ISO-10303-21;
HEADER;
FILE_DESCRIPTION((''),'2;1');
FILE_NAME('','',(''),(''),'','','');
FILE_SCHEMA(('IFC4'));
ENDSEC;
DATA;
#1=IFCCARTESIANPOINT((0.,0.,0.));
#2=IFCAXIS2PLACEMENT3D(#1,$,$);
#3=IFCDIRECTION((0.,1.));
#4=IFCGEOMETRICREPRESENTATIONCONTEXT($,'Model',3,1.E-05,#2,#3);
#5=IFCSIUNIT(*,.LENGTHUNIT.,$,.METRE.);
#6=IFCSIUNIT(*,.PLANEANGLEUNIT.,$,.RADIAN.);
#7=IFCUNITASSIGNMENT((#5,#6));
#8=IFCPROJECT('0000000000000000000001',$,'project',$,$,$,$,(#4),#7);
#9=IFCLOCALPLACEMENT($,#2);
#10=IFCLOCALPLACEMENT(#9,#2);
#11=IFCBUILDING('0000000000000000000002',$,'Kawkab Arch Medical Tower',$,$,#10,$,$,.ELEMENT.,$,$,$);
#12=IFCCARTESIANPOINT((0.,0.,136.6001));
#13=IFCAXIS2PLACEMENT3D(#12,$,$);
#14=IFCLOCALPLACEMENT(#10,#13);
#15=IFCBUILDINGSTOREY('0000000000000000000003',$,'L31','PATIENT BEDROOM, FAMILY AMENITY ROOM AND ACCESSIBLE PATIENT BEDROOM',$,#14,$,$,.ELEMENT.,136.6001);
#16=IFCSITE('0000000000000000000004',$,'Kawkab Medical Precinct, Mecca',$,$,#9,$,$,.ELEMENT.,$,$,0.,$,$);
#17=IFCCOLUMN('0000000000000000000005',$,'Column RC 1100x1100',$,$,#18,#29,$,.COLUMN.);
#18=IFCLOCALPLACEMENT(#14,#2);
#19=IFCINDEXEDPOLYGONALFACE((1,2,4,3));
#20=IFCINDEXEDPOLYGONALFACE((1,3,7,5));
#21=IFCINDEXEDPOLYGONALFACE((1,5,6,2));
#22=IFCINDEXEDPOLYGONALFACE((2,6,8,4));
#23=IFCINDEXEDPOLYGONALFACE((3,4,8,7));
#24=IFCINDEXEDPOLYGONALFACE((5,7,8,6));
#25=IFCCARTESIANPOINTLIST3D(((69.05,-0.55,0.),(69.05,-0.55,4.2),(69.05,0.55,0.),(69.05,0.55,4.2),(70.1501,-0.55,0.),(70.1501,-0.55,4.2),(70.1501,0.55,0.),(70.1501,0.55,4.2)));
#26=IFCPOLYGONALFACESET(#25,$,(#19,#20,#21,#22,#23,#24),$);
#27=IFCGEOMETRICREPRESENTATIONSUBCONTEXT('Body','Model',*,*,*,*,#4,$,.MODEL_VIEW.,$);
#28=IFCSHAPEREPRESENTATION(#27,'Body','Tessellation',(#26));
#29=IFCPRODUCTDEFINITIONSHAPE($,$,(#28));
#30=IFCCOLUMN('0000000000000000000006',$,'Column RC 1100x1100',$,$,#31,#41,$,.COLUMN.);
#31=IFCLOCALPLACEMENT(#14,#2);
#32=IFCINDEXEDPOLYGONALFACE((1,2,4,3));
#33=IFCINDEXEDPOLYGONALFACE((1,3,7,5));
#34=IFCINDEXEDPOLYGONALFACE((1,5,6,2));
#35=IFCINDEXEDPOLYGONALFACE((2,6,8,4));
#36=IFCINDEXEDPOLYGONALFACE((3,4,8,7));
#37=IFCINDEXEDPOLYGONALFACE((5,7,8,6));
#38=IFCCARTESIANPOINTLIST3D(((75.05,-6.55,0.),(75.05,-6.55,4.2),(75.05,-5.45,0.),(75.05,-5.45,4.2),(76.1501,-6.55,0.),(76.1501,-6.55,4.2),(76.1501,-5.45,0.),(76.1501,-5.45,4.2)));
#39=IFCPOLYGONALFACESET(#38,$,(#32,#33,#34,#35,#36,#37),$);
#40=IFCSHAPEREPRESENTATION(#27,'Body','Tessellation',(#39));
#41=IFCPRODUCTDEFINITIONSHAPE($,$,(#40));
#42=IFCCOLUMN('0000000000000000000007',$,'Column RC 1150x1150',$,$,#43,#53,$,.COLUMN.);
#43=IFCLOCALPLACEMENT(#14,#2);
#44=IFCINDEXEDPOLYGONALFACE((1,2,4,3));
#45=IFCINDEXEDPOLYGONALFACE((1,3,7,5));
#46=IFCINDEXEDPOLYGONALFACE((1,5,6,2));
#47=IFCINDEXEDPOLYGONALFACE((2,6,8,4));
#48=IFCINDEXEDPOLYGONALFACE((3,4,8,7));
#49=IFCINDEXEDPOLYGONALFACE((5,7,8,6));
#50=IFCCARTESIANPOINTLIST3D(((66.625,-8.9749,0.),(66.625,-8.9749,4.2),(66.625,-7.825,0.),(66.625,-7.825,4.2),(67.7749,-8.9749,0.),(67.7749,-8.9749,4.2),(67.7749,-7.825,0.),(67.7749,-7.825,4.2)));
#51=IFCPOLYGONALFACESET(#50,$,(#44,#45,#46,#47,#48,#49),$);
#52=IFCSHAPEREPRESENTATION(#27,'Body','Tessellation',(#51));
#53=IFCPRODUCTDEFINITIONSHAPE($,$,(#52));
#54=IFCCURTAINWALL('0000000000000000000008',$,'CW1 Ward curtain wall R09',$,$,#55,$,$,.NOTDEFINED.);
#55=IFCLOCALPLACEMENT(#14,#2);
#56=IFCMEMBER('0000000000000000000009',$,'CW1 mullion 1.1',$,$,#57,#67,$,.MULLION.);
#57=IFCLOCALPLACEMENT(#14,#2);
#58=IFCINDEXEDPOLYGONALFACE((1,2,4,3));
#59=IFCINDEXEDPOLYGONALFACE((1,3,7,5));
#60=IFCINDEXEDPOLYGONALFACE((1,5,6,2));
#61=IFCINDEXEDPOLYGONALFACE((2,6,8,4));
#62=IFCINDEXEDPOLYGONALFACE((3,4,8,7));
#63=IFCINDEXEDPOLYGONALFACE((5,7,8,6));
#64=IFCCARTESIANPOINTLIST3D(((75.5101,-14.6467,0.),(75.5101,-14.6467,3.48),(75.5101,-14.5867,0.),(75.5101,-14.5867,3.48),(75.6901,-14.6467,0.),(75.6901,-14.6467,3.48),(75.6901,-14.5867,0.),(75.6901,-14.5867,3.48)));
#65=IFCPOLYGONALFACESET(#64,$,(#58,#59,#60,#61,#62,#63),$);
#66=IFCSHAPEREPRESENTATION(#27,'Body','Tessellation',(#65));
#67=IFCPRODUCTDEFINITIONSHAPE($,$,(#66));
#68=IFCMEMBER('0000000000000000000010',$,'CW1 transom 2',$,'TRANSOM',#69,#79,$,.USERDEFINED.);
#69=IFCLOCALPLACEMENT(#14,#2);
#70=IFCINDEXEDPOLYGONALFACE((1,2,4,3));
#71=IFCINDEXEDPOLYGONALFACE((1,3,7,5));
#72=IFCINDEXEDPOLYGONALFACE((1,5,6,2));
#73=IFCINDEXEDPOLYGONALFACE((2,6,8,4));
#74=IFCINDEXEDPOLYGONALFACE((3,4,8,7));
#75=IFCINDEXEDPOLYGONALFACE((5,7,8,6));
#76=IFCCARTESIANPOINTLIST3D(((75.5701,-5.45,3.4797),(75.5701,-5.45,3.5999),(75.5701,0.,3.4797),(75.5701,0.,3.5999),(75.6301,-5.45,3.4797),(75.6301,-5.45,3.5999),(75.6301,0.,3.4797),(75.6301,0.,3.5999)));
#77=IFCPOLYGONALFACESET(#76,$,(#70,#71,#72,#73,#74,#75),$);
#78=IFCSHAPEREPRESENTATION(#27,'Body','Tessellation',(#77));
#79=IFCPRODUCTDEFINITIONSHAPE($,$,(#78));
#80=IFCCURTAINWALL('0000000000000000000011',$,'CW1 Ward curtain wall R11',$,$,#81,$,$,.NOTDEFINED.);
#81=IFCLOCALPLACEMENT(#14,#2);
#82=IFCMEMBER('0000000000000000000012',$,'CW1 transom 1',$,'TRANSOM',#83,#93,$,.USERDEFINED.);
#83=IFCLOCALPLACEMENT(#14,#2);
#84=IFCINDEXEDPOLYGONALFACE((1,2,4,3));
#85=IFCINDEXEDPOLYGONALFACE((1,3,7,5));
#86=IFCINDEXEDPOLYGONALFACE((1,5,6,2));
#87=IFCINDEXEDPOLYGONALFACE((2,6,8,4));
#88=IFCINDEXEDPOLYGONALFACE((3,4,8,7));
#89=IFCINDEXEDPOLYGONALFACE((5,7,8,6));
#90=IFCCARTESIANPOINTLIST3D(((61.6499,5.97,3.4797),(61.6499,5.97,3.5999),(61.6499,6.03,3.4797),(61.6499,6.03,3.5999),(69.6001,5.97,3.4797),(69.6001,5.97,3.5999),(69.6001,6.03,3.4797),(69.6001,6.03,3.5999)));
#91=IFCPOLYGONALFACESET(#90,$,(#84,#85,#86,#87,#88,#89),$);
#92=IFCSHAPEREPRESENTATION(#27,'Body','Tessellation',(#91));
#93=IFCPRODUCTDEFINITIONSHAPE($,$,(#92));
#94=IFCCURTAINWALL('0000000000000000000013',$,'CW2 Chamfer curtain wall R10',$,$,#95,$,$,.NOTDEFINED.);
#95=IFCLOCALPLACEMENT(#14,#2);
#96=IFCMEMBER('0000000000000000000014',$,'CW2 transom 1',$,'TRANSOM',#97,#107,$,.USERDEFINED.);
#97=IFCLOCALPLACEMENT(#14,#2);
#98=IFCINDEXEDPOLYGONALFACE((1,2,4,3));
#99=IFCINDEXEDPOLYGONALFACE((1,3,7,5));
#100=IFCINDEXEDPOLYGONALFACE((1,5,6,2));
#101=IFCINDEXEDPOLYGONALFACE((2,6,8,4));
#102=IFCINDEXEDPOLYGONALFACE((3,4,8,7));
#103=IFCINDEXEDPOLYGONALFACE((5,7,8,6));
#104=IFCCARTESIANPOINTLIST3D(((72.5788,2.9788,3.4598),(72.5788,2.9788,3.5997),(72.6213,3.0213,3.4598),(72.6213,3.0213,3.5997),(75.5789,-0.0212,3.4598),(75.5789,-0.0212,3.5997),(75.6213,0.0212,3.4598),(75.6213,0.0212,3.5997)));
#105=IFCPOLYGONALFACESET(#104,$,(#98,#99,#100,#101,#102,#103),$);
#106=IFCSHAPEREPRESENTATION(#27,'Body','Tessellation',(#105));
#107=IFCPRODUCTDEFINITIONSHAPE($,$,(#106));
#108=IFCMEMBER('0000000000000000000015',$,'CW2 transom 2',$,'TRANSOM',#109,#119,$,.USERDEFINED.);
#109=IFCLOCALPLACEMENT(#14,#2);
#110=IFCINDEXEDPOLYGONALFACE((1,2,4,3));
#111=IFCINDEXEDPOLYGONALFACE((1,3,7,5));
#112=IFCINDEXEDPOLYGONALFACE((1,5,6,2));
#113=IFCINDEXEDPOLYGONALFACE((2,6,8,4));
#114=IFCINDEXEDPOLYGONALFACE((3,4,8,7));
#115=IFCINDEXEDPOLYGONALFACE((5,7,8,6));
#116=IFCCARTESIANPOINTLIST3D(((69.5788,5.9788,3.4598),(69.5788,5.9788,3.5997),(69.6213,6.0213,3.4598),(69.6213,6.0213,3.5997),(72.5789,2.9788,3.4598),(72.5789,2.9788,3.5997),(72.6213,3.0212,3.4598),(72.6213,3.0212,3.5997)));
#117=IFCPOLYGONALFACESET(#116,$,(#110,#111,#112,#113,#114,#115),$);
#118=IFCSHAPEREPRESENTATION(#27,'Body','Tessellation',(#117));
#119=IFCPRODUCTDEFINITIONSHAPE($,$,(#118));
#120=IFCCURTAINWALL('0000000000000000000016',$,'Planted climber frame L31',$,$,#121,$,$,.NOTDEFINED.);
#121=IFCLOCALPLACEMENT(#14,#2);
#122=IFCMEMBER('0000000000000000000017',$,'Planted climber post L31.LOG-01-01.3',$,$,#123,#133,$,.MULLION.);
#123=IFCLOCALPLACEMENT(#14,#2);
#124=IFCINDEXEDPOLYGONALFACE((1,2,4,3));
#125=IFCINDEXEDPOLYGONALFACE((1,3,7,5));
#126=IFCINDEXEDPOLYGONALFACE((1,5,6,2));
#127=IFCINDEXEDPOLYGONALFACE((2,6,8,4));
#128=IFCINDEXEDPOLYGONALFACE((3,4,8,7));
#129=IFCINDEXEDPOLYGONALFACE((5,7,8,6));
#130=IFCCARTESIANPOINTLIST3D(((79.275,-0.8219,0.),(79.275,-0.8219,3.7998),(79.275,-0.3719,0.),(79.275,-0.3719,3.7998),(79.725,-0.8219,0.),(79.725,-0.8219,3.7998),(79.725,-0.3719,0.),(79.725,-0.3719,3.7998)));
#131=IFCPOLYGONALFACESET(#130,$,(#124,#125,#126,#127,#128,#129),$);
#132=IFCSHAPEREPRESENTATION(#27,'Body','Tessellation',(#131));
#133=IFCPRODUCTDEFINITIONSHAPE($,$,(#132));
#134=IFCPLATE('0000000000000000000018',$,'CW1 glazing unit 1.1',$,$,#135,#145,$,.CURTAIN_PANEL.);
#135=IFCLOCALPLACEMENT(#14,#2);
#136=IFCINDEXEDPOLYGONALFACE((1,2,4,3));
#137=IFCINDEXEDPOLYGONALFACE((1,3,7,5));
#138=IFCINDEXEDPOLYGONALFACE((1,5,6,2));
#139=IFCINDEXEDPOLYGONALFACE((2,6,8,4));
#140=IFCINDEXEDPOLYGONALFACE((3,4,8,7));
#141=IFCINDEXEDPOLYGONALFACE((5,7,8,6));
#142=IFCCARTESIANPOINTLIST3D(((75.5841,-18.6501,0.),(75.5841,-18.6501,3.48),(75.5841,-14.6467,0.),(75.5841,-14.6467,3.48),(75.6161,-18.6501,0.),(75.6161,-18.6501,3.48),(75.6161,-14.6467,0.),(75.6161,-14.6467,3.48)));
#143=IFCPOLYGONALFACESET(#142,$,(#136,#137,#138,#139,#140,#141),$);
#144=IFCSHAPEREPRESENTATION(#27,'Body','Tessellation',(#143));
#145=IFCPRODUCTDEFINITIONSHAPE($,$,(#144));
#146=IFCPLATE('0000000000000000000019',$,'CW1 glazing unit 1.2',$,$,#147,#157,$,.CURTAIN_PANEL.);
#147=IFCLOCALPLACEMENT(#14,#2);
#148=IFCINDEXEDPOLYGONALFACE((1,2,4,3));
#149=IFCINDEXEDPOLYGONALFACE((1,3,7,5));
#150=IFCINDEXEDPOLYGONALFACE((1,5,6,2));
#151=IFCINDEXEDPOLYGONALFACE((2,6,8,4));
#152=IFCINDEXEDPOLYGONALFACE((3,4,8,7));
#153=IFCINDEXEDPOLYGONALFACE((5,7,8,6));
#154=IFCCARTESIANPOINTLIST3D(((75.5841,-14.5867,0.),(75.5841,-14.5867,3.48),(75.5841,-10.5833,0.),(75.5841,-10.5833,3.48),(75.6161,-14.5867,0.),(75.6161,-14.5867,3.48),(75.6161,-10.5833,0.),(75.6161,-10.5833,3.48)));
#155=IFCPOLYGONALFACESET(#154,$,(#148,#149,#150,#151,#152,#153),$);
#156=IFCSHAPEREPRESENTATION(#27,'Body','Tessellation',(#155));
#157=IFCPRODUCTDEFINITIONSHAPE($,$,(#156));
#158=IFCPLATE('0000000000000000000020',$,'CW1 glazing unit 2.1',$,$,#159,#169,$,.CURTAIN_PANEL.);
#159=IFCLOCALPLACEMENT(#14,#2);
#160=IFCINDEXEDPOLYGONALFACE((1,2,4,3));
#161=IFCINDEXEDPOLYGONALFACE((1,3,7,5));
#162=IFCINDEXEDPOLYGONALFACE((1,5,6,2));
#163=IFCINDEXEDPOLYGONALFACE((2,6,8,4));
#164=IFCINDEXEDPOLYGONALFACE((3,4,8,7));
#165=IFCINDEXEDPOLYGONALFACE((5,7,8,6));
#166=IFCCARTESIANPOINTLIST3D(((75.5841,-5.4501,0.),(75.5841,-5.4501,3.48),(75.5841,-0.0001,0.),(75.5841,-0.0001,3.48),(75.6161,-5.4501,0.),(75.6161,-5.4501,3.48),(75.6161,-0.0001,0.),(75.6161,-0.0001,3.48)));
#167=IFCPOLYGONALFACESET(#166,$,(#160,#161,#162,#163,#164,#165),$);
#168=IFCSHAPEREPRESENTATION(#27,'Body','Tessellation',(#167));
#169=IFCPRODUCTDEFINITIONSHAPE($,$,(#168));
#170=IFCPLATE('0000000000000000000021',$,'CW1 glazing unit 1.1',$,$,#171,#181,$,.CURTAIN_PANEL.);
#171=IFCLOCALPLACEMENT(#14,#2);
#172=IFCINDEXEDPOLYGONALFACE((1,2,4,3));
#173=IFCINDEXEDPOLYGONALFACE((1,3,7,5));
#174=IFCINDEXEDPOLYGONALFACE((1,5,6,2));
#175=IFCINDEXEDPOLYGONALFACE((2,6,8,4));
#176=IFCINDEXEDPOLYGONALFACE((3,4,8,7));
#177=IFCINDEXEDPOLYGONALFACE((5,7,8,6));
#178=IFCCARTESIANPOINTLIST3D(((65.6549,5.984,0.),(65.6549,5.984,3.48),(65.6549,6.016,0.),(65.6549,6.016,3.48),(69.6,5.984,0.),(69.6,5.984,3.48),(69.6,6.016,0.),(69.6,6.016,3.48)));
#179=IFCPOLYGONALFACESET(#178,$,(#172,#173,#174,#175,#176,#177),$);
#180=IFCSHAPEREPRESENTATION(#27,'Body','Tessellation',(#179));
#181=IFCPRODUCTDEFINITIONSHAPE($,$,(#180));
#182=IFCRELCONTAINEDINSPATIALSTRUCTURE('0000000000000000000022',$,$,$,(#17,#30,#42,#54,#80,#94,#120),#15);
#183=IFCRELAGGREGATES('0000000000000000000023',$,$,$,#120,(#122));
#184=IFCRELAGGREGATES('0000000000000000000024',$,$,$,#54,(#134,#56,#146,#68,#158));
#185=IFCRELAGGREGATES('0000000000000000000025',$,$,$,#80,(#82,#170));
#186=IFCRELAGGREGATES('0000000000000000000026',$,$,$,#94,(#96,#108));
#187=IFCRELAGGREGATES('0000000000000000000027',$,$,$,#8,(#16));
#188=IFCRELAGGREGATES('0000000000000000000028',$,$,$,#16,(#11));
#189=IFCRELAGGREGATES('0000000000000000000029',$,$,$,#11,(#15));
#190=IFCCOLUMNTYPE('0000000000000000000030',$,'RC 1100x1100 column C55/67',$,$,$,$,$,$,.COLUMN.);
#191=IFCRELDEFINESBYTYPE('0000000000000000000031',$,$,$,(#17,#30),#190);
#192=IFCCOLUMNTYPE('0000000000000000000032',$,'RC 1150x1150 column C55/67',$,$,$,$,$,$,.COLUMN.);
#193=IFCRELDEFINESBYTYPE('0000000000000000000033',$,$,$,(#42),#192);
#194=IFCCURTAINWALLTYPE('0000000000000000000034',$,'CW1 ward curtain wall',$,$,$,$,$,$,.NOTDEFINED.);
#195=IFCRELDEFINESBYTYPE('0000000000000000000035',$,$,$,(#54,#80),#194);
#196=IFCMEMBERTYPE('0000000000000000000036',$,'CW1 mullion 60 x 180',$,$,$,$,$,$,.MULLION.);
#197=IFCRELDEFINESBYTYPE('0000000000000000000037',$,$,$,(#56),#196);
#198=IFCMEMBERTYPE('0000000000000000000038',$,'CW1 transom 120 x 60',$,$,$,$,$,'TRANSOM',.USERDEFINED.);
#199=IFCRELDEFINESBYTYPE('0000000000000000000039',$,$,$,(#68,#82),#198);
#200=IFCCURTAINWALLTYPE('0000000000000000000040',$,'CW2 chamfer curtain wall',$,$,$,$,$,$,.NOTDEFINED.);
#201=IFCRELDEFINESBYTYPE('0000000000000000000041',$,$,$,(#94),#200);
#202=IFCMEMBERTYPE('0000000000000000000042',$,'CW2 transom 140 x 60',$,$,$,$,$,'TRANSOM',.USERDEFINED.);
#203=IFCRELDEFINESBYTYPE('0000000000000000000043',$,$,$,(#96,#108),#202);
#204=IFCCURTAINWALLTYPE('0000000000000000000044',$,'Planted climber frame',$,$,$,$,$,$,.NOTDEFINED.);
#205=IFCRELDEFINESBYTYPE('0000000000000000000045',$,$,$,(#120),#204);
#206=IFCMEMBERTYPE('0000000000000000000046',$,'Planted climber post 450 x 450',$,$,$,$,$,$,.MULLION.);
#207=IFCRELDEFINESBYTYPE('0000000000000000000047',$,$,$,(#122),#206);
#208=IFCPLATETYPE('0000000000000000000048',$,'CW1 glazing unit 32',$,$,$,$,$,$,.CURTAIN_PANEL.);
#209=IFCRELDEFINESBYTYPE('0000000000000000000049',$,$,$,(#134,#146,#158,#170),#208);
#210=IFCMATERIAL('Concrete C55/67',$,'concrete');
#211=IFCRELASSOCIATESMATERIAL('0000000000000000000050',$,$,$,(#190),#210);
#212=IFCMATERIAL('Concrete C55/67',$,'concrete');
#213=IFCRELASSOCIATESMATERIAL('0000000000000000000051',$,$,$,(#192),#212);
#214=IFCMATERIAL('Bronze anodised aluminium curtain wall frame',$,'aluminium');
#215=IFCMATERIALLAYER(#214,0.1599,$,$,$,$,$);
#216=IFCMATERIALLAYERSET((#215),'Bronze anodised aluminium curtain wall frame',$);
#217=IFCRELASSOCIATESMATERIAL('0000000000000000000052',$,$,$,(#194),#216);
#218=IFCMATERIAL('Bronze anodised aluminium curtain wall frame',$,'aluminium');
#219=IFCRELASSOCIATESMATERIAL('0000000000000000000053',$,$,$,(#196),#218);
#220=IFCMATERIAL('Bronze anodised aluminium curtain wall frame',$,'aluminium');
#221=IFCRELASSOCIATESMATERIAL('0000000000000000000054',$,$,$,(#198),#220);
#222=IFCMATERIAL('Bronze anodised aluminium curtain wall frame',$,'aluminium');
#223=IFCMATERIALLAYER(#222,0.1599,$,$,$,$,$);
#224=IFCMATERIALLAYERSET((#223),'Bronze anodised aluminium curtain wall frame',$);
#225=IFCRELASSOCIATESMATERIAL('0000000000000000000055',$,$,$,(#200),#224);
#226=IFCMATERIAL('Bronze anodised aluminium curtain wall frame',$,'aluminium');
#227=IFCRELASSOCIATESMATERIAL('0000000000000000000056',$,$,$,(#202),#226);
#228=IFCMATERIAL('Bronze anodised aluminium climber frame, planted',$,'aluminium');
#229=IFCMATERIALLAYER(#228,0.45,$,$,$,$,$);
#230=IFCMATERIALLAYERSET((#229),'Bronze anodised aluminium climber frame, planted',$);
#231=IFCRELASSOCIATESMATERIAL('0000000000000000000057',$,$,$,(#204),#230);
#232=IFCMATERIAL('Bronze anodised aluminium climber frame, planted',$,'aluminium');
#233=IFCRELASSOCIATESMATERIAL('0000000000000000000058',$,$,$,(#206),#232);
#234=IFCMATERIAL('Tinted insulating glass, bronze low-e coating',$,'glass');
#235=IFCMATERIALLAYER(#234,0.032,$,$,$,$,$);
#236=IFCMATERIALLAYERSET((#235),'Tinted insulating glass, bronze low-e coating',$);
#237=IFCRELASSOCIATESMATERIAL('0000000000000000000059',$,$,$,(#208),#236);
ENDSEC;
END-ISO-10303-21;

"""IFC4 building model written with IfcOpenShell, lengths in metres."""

from ifc_helpers import new_model, si_unit, direction, frame, origin, origin_2d, place, context, subcontext, project, spatial, rectangle, extrude, material, layer, layer_set, material_profile, profile_set, type_object, element, aggregate, save


model = new_model("IFC4")

# Units and contexts
model_context = context("Model", 3, precision=1e-05, world=origin(), true_north=direction((0.0, 1.0)))
body_context = subcontext(model_context, "Body", "Model", "MODEL_VIEW")
ifc_project = project(units=[si_unit("LENGTHUNIT", "METRE"), si_unit("PLANEANGLEUNIT", "RADIAN")], contexts=[model_context])

# Site, building, storey
site_placement = place(None, origin())
site = spatial("IfcSite", under=ifc_project, at=site_placement, Name="Kawkab Medical Precinct, Mecca", CompositionType="ELEMENT", RefElevation=0.0)
building_placement = place(site_placement, origin())
building = spatial("IfcBuilding", under=site, at=building_placement, Name="Kawkab Arch Medical Tower", CompositionType="ELEMENT")
storey_placement = place(building_placement, frame((0.0, 0.0, 136.6001)))
storey = spatial("IfcBuildingStorey", under=building, at=storey_placement, Name="L31", Description="PATIENT BEDROOM, FAMILY AMENITY ROOM AND ACCESSIBLE PATIENT BEDROOM", CompositionType="ELEMENT", Elevation=136.6001)

# Columns
ifc_material_1 = material(Name="Concrete C55/67", Category="concrete")
ifc_material_profile_1 = material_profile(ifc_material_1, rectangle(XDim=1.1001, YDim=1.1001, at=origin_2d()), Name="RC 1100x1100")
ifc_profile_set_1 = profile_set([ifc_material_profile_1], Name="Concrete C55/67")
column_type_1 = type_object("IfcColumnType", Name="RC 1100x1100 column C55/67", PredefinedType="COLUMN", material=ifc_profile_set_1)
for number, where, z_axis, x_axis, name in (
    (1, (69.6001, 0.0, 0.0), (0.0, 0.0, 1.0), (1.0, 0.0, 0.0), "Column RC 1100x1100"),
    (2, (75.6001, -6.0, 0.0), (0.0, 0.0, 1.0), (1.0, 0.0, 0.0), "Column RC 1100x1100"),
):
    element("IfcColumn", number, at=place(storey_placement, frame(where, z_axis=z_axis, x_axis=x_axis)), inside=storey, type_object=column_type_1, Name=name, PredefinedType="COLUMN", context=body_context, shape_type="SweptSolid", body=[
        extrude(rectangle(XDim=1.1001, YDim=1.1001, at=origin_2d()), origin(), (0.0, 0.0, 1.0), 4.2),
    ])
ifc_material_2 = material(Name="Concrete C55/67", Category="concrete")
ifc_material_profile_2 = material_profile(ifc_material_2, rectangle(XDim=1.1499, YDim=1.1499, at=origin_2d()), Name="RC 1150x1150")
ifc_profile_set_2 = profile_set([ifc_material_profile_2], Name="Concrete C55/67")
column_type_2 = type_object("IfcColumnType", Name="RC 1150x1150 column C55/67", PredefinedType="COLUMN", material=ifc_profile_set_2)
column_placement = place(storey_placement, frame((67.2, -8.3999, 0.0), z_axis=(0.0, 0.0, 1.0), x_axis=(1.0, 0.0, 0.0)))
element("IfcColumn", 3, at=column_placement, inside=storey, type_object=column_type_2, Name="Column RC 1150x1150", PredefinedType="COLUMN", context=body_context, shape_type="SweptSolid", body=[
    extrude(rectangle(XDim=1.1499, YDim=1.1499, at=origin_2d()), origin(), (0.0, 0.0, 1.0), 4.2),
])

# Curtain wall, members
ifc_material_3 = material(Name="Bronze anodised aluminium curtain wall frame", Category="aluminium")
ifc_layer_1 = layer(ifc_material_3, 0.1599)
ifc_layer_set_1 = layer_set([ifc_layer_1], Name="Bronze anodised aluminium curtain wall frame")
curtain_wall_type_1 = type_object("IfcCurtainWallType", Name="CW1 ward curtain wall", PredefinedType="NOTDEFINED", material=ifc_layer_set_1)
placement = place(storey_placement, origin())
curtain_wall_1 = element("IfcCurtainWall", 4, at=placement, inside=storey, type_object=curtain_wall_type_1, Name="CW1 Ward curtain wall R09", PredefinedType="NOTDEFINED")
ifc_material_4 = material(Name="Bronze anodised aluminium curtain wall frame", Category="aluminium")
ifc_material_profile_3 = material_profile(ifc_material_4, rectangle(XDim=0.1799, YDim=0.0601, at=origin_2d()), Name="AL 60x180")
ifc_profile_set_3 = profile_set([ifc_material_profile_3], Name="Bronze anodised aluminium curtain wall frame")
member_type_1 = type_object("IfcMemberType", Name="CW1 mullion 60 x 180", PredefinedType="MULLION", material=ifc_profile_set_3)
member_1_placement = place(storey_placement, frame((75.6001, -14.6167, 0.0), z_axis=(0.0, 0.0, 1.0), x_axis=(-1.0, 0.0, 0.0)))
member_1 = element("IfcMember", 5, at=member_1_placement, type_object=member_type_1, Name="CW1 mullion 1.1", PredefinedType="MULLION", context=body_context, shape_type="SweptSolid", body=[
    extrude(rectangle(XDim=0.1799, YDim=0.0601, at=origin_2d()), origin(), (0.0, 0.0, 1.0), 3.48),
])
ifc_material_5 = material(Name="Bronze anodised aluminium curtain wall frame", Category="aluminium")
ifc_material_profile_4 = material_profile(ifc_material_5, rectangle(XDim=0.0601, YDim=0.1201, at=origin_2d()), Name="AL 60x120")
ifc_profile_set_4 = profile_set([ifc_material_profile_4], Name="Bronze anodised aluminium curtain wall frame")
member_type_2 = type_object("IfcMemberType", Name="CW1 transom 120 x 60", ElementType="TRANSOM", PredefinedType="USERDEFINED", material=ifc_profile_set_4)
member_2_placement = place(storey_placement, frame((75.6001, -5.45, 3.5398), z_axis=(0.0, 1.0, 0.0), x_axis=(-1.0, 0.0, 0.0)))
member_2 = element("IfcMember", 6, at=member_2_placement, type_object=member_type_2, Name="CW1 transom 2", ObjectType="TRANSOM", PredefinedType="USERDEFINED", context=body_context, shape_type="SweptSolid", body=[
    extrude(rectangle(XDim=0.0601, YDim=0.1201, at=origin_2d()), origin(), (0.0, 0.0, 1.0), 5.45),
])

# Curtain wall, member
curtain_wall_2 = element("IfcCurtainWall", 7, at=placement, inside=storey, type_object=curtain_wall_type_1, Name="CW1 Ward curtain wall R11", PredefinedType="NOTDEFINED")
member_3_placement = place(storey_placement, frame((69.6001, 6.0, 3.5398), z_axis=(-1.0, 0.0, 0.0), x_axis=(0.0, -1.0, 0.0)))
member_3 = element("IfcMember", 8, at=member_3_placement, type_object=member_type_2, Name="CW1 transom 1", ObjectType="TRANSOM", PredefinedType="USERDEFINED", context=body_context, shape_type="SweptSolid", body=[
    extrude(rectangle(XDim=0.0601, YDim=0.1201, at=origin_2d()), origin(), (0.0, 0.0, 1.0), 7.9502),
])

# Curtain wall, members
ifc_material_6 = material(Name="Bronze anodised aluminium curtain wall frame", Category="aluminium")
ifc_layer_2 = layer(ifc_material_6, 0.1599)
ifc_layer_set_2 = layer_set([ifc_layer_2], Name="Bronze anodised aluminium curtain wall frame")
curtain_wall_type_2 = type_object("IfcCurtainWallType", Name="CW2 chamfer curtain wall", PredefinedType="NOTDEFINED", material=ifc_layer_set_2)
curtain_wall_3 = element("IfcCurtainWall", 9, at=placement, inside=storey, type_object=curtain_wall_type_2, Name="CW2 Chamfer curtain wall R10", PredefinedType="NOTDEFINED")
ifc_material_7 = material(Name="Bronze anodised aluminium curtain wall frame", Category="aluminium")
ifc_material_profile_5 = material_profile(ifc_material_7, rectangle(XDim=0.0601, YDim=0.1399, at=origin_2d()), Name="AL 60x140")
ifc_profile_set_5 = profile_set([ifc_material_profile_5], Name="Bronze anodised aluminium curtain wall frame")
member_type_3 = type_object("IfcMemberType", Name="CW2 transom 140 x 60", ElementType="TRANSOM", PredefinedType="USERDEFINED", material=ifc_profile_set_5)
member_4_placement = place(storey_placement, frame((75.6001, 0.0, 3.5298), z_axis=(-0.707107, 0.707107, 0.0), x_axis=(-0.707107, -0.707107, 0.0)))
member_4 = element("IfcMember", 10, at=member_4_placement, type_object=member_type_3, Name="CW2 transom 1", ObjectType="TRANSOM", PredefinedType="USERDEFINED", context=body_context, shape_type="SweptSolid", body=[
    extrude(rectangle(XDim=0.0601, YDim=0.1399, at=origin_2d()), origin(), (0.0, 0.0, 1.0), 4.2427),
])
member_5_placement = place(storey_placement, frame((72.6001, 3.0, 3.5298), z_axis=(-0.707107, 0.707107, 0.0), x_axis=(-0.707107, -0.707107, 0.0)))
member_5 = element("IfcMember", 11, at=member_5_placement, type_object=member_type_3, Name="CW2 transom 2", ObjectType="TRANSOM", PredefinedType="USERDEFINED", context=body_context, shape_type="SweptSolid", body=[
    extrude(rectangle(XDim=0.0601, YDim=0.1399, at=origin_2d()), origin(), (0.0, 0.0, 1.0), 4.2427),
])

# Curtain wall, member
ifc_material_8 = material(Name="Bronze anodised aluminium climber frame, planted", Category="aluminium")
ifc_layer_3 = layer(ifc_material_8, 0.45)
ifc_layer_set_3 = layer_set([ifc_layer_3], Name="Bronze anodised aluminium climber frame, planted")
curtain_wall_type_3 = type_object("IfcCurtainWallType", Name="Planted climber frame", PredefinedType="NOTDEFINED", material=ifc_layer_set_3)
curtain_wall_4 = element("IfcCurtainWall", 12, at=placement, inside=storey, type_object=curtain_wall_type_3, Name="Planted climber frame L31", PredefinedType="NOTDEFINED")
ifc_material_9 = material(Name="Bronze anodised aluminium climber frame, planted", Category="aluminium")
ifc_material_profile_6 = material_profile(ifc_material_9, rectangle(XDim=0.45, YDim=0.45, at=origin_2d()), Name="Post 450x450")
ifc_profile_set_6 = profile_set([ifc_material_profile_6], Name="Bronze anodised aluminium climber frame, planted")
member_type_4 = type_object("IfcMemberType", Name="Planted climber post 450 x 450", PredefinedType="MULLION", material=ifc_profile_set_6)
member_6_placement = place(storey_placement, frame((79.5, -0.5969, 0.0), z_axis=(0.0, 0.0, 1.0), x_axis=(1.0, 0.0, 0.0)))
member_6 = element("IfcMember", 13, at=member_6_placement, type_object=member_type_4, Name="Planted climber post L31.LOG-01-01.3", PredefinedType="MULLION", context=body_context, shape_type="SweptSolid", body=[
    extrude(rectangle(XDim=0.45, YDim=0.45, at=origin_2d()), origin(), (0.0, 0.0, 1.0), 3.7998),
])
aggregate(curtain_wall_4, [member_6])

# Plates
ifc_material_10 = material(Name="Tinted insulating glass, bronze low-e coating", Category="glass")
ifc_layer_4 = layer(ifc_material_10, 0.032)
ifc_layer_set_4 = layer_set([ifc_layer_4], Name="Tinted insulating glass, bronze low-e coating")
plate_type_1 = type_object("IfcPlateType", Name="CW1 glazing unit 32", PredefinedType="CURTAIN_PANEL", material=ifc_layer_set_4)
plate_1_placement = place(storey_placement, frame((75.6001, -16.6484, 0.0), z_axis=(0.0, 0.0, 1.0), x_axis=(0.0, 1.0, 0.0)))
plate_1 = element("IfcPlate", 14, at=plate_1_placement, type_object=plate_type_1, Name="CW1 glazing unit 1.1", PredefinedType="CURTAIN_PANEL", context=body_context, shape_type="SweptSolid", body=[
    extrude(rectangle(XDim=4.0034, YDim=0.032, at=origin_2d()), origin(), (0.0, 0.0, 1.0), 3.48),
])
plate_2_placement = place(storey_placement, frame((75.6001, -12.585, 0.0), z_axis=(0.0, 0.0, 1.0), x_axis=(0.0, 1.0, 0.0)))
plate_2 = element("IfcPlate", 15, at=plate_2_placement, type_object=plate_type_1, Name="CW1 glazing unit 1.2", PredefinedType="CURTAIN_PANEL", context=body_context, shape_type="SweptSolid", body=[
    extrude(rectangle(XDim=4.0034, YDim=0.032, at=origin_2d()), origin(), (0.0, 0.0, 1.0), 3.48),
])
plate_3_placement = place(storey_placement, frame((75.6001, -2.7251, 0.0), z_axis=(0.0, 0.0, 1.0), x_axis=(0.0, 1.0, 0.0)))
plate_3 = element("IfcPlate", 16, at=plate_3_placement, type_object=plate_type_1, Name="CW1 glazing unit 2.1", PredefinedType="CURTAIN_PANEL", context=body_context, shape_type="SweptSolid", body=[
    extrude(rectangle(XDim=5.45, YDim=0.032, at=origin_2d()), origin(), (0.0, 0.0, 1.0), 3.48),
])
aggregate(curtain_wall_1, [plate_1, member_1, plate_2, member_2, plate_3])
plate_4_placement = place(storey_placement, frame((67.6274, 6.0, 0.0), z_axis=(0.0, 0.0, 1.0), x_axis=(-1.0, 0.0, 0.0)))
plate_4 = element("IfcPlate", 17, at=plate_4_placement, type_object=plate_type_1, Name="CW1 glazing unit 1.1", PredefinedType="CURTAIN_PANEL", context=body_context, shape_type="SweptSolid", body=[
    extrude(rectangle(XDim=3.9451, YDim=0.032, at=origin_2d()), origin(), (0.0, 0.0, 1.0), 3.48),
])
aggregate(curtain_wall_2, [member_3, plate_4])
aggregate(curtain_wall_3, [member_4, member_5])

save(model, "model.ifc")
